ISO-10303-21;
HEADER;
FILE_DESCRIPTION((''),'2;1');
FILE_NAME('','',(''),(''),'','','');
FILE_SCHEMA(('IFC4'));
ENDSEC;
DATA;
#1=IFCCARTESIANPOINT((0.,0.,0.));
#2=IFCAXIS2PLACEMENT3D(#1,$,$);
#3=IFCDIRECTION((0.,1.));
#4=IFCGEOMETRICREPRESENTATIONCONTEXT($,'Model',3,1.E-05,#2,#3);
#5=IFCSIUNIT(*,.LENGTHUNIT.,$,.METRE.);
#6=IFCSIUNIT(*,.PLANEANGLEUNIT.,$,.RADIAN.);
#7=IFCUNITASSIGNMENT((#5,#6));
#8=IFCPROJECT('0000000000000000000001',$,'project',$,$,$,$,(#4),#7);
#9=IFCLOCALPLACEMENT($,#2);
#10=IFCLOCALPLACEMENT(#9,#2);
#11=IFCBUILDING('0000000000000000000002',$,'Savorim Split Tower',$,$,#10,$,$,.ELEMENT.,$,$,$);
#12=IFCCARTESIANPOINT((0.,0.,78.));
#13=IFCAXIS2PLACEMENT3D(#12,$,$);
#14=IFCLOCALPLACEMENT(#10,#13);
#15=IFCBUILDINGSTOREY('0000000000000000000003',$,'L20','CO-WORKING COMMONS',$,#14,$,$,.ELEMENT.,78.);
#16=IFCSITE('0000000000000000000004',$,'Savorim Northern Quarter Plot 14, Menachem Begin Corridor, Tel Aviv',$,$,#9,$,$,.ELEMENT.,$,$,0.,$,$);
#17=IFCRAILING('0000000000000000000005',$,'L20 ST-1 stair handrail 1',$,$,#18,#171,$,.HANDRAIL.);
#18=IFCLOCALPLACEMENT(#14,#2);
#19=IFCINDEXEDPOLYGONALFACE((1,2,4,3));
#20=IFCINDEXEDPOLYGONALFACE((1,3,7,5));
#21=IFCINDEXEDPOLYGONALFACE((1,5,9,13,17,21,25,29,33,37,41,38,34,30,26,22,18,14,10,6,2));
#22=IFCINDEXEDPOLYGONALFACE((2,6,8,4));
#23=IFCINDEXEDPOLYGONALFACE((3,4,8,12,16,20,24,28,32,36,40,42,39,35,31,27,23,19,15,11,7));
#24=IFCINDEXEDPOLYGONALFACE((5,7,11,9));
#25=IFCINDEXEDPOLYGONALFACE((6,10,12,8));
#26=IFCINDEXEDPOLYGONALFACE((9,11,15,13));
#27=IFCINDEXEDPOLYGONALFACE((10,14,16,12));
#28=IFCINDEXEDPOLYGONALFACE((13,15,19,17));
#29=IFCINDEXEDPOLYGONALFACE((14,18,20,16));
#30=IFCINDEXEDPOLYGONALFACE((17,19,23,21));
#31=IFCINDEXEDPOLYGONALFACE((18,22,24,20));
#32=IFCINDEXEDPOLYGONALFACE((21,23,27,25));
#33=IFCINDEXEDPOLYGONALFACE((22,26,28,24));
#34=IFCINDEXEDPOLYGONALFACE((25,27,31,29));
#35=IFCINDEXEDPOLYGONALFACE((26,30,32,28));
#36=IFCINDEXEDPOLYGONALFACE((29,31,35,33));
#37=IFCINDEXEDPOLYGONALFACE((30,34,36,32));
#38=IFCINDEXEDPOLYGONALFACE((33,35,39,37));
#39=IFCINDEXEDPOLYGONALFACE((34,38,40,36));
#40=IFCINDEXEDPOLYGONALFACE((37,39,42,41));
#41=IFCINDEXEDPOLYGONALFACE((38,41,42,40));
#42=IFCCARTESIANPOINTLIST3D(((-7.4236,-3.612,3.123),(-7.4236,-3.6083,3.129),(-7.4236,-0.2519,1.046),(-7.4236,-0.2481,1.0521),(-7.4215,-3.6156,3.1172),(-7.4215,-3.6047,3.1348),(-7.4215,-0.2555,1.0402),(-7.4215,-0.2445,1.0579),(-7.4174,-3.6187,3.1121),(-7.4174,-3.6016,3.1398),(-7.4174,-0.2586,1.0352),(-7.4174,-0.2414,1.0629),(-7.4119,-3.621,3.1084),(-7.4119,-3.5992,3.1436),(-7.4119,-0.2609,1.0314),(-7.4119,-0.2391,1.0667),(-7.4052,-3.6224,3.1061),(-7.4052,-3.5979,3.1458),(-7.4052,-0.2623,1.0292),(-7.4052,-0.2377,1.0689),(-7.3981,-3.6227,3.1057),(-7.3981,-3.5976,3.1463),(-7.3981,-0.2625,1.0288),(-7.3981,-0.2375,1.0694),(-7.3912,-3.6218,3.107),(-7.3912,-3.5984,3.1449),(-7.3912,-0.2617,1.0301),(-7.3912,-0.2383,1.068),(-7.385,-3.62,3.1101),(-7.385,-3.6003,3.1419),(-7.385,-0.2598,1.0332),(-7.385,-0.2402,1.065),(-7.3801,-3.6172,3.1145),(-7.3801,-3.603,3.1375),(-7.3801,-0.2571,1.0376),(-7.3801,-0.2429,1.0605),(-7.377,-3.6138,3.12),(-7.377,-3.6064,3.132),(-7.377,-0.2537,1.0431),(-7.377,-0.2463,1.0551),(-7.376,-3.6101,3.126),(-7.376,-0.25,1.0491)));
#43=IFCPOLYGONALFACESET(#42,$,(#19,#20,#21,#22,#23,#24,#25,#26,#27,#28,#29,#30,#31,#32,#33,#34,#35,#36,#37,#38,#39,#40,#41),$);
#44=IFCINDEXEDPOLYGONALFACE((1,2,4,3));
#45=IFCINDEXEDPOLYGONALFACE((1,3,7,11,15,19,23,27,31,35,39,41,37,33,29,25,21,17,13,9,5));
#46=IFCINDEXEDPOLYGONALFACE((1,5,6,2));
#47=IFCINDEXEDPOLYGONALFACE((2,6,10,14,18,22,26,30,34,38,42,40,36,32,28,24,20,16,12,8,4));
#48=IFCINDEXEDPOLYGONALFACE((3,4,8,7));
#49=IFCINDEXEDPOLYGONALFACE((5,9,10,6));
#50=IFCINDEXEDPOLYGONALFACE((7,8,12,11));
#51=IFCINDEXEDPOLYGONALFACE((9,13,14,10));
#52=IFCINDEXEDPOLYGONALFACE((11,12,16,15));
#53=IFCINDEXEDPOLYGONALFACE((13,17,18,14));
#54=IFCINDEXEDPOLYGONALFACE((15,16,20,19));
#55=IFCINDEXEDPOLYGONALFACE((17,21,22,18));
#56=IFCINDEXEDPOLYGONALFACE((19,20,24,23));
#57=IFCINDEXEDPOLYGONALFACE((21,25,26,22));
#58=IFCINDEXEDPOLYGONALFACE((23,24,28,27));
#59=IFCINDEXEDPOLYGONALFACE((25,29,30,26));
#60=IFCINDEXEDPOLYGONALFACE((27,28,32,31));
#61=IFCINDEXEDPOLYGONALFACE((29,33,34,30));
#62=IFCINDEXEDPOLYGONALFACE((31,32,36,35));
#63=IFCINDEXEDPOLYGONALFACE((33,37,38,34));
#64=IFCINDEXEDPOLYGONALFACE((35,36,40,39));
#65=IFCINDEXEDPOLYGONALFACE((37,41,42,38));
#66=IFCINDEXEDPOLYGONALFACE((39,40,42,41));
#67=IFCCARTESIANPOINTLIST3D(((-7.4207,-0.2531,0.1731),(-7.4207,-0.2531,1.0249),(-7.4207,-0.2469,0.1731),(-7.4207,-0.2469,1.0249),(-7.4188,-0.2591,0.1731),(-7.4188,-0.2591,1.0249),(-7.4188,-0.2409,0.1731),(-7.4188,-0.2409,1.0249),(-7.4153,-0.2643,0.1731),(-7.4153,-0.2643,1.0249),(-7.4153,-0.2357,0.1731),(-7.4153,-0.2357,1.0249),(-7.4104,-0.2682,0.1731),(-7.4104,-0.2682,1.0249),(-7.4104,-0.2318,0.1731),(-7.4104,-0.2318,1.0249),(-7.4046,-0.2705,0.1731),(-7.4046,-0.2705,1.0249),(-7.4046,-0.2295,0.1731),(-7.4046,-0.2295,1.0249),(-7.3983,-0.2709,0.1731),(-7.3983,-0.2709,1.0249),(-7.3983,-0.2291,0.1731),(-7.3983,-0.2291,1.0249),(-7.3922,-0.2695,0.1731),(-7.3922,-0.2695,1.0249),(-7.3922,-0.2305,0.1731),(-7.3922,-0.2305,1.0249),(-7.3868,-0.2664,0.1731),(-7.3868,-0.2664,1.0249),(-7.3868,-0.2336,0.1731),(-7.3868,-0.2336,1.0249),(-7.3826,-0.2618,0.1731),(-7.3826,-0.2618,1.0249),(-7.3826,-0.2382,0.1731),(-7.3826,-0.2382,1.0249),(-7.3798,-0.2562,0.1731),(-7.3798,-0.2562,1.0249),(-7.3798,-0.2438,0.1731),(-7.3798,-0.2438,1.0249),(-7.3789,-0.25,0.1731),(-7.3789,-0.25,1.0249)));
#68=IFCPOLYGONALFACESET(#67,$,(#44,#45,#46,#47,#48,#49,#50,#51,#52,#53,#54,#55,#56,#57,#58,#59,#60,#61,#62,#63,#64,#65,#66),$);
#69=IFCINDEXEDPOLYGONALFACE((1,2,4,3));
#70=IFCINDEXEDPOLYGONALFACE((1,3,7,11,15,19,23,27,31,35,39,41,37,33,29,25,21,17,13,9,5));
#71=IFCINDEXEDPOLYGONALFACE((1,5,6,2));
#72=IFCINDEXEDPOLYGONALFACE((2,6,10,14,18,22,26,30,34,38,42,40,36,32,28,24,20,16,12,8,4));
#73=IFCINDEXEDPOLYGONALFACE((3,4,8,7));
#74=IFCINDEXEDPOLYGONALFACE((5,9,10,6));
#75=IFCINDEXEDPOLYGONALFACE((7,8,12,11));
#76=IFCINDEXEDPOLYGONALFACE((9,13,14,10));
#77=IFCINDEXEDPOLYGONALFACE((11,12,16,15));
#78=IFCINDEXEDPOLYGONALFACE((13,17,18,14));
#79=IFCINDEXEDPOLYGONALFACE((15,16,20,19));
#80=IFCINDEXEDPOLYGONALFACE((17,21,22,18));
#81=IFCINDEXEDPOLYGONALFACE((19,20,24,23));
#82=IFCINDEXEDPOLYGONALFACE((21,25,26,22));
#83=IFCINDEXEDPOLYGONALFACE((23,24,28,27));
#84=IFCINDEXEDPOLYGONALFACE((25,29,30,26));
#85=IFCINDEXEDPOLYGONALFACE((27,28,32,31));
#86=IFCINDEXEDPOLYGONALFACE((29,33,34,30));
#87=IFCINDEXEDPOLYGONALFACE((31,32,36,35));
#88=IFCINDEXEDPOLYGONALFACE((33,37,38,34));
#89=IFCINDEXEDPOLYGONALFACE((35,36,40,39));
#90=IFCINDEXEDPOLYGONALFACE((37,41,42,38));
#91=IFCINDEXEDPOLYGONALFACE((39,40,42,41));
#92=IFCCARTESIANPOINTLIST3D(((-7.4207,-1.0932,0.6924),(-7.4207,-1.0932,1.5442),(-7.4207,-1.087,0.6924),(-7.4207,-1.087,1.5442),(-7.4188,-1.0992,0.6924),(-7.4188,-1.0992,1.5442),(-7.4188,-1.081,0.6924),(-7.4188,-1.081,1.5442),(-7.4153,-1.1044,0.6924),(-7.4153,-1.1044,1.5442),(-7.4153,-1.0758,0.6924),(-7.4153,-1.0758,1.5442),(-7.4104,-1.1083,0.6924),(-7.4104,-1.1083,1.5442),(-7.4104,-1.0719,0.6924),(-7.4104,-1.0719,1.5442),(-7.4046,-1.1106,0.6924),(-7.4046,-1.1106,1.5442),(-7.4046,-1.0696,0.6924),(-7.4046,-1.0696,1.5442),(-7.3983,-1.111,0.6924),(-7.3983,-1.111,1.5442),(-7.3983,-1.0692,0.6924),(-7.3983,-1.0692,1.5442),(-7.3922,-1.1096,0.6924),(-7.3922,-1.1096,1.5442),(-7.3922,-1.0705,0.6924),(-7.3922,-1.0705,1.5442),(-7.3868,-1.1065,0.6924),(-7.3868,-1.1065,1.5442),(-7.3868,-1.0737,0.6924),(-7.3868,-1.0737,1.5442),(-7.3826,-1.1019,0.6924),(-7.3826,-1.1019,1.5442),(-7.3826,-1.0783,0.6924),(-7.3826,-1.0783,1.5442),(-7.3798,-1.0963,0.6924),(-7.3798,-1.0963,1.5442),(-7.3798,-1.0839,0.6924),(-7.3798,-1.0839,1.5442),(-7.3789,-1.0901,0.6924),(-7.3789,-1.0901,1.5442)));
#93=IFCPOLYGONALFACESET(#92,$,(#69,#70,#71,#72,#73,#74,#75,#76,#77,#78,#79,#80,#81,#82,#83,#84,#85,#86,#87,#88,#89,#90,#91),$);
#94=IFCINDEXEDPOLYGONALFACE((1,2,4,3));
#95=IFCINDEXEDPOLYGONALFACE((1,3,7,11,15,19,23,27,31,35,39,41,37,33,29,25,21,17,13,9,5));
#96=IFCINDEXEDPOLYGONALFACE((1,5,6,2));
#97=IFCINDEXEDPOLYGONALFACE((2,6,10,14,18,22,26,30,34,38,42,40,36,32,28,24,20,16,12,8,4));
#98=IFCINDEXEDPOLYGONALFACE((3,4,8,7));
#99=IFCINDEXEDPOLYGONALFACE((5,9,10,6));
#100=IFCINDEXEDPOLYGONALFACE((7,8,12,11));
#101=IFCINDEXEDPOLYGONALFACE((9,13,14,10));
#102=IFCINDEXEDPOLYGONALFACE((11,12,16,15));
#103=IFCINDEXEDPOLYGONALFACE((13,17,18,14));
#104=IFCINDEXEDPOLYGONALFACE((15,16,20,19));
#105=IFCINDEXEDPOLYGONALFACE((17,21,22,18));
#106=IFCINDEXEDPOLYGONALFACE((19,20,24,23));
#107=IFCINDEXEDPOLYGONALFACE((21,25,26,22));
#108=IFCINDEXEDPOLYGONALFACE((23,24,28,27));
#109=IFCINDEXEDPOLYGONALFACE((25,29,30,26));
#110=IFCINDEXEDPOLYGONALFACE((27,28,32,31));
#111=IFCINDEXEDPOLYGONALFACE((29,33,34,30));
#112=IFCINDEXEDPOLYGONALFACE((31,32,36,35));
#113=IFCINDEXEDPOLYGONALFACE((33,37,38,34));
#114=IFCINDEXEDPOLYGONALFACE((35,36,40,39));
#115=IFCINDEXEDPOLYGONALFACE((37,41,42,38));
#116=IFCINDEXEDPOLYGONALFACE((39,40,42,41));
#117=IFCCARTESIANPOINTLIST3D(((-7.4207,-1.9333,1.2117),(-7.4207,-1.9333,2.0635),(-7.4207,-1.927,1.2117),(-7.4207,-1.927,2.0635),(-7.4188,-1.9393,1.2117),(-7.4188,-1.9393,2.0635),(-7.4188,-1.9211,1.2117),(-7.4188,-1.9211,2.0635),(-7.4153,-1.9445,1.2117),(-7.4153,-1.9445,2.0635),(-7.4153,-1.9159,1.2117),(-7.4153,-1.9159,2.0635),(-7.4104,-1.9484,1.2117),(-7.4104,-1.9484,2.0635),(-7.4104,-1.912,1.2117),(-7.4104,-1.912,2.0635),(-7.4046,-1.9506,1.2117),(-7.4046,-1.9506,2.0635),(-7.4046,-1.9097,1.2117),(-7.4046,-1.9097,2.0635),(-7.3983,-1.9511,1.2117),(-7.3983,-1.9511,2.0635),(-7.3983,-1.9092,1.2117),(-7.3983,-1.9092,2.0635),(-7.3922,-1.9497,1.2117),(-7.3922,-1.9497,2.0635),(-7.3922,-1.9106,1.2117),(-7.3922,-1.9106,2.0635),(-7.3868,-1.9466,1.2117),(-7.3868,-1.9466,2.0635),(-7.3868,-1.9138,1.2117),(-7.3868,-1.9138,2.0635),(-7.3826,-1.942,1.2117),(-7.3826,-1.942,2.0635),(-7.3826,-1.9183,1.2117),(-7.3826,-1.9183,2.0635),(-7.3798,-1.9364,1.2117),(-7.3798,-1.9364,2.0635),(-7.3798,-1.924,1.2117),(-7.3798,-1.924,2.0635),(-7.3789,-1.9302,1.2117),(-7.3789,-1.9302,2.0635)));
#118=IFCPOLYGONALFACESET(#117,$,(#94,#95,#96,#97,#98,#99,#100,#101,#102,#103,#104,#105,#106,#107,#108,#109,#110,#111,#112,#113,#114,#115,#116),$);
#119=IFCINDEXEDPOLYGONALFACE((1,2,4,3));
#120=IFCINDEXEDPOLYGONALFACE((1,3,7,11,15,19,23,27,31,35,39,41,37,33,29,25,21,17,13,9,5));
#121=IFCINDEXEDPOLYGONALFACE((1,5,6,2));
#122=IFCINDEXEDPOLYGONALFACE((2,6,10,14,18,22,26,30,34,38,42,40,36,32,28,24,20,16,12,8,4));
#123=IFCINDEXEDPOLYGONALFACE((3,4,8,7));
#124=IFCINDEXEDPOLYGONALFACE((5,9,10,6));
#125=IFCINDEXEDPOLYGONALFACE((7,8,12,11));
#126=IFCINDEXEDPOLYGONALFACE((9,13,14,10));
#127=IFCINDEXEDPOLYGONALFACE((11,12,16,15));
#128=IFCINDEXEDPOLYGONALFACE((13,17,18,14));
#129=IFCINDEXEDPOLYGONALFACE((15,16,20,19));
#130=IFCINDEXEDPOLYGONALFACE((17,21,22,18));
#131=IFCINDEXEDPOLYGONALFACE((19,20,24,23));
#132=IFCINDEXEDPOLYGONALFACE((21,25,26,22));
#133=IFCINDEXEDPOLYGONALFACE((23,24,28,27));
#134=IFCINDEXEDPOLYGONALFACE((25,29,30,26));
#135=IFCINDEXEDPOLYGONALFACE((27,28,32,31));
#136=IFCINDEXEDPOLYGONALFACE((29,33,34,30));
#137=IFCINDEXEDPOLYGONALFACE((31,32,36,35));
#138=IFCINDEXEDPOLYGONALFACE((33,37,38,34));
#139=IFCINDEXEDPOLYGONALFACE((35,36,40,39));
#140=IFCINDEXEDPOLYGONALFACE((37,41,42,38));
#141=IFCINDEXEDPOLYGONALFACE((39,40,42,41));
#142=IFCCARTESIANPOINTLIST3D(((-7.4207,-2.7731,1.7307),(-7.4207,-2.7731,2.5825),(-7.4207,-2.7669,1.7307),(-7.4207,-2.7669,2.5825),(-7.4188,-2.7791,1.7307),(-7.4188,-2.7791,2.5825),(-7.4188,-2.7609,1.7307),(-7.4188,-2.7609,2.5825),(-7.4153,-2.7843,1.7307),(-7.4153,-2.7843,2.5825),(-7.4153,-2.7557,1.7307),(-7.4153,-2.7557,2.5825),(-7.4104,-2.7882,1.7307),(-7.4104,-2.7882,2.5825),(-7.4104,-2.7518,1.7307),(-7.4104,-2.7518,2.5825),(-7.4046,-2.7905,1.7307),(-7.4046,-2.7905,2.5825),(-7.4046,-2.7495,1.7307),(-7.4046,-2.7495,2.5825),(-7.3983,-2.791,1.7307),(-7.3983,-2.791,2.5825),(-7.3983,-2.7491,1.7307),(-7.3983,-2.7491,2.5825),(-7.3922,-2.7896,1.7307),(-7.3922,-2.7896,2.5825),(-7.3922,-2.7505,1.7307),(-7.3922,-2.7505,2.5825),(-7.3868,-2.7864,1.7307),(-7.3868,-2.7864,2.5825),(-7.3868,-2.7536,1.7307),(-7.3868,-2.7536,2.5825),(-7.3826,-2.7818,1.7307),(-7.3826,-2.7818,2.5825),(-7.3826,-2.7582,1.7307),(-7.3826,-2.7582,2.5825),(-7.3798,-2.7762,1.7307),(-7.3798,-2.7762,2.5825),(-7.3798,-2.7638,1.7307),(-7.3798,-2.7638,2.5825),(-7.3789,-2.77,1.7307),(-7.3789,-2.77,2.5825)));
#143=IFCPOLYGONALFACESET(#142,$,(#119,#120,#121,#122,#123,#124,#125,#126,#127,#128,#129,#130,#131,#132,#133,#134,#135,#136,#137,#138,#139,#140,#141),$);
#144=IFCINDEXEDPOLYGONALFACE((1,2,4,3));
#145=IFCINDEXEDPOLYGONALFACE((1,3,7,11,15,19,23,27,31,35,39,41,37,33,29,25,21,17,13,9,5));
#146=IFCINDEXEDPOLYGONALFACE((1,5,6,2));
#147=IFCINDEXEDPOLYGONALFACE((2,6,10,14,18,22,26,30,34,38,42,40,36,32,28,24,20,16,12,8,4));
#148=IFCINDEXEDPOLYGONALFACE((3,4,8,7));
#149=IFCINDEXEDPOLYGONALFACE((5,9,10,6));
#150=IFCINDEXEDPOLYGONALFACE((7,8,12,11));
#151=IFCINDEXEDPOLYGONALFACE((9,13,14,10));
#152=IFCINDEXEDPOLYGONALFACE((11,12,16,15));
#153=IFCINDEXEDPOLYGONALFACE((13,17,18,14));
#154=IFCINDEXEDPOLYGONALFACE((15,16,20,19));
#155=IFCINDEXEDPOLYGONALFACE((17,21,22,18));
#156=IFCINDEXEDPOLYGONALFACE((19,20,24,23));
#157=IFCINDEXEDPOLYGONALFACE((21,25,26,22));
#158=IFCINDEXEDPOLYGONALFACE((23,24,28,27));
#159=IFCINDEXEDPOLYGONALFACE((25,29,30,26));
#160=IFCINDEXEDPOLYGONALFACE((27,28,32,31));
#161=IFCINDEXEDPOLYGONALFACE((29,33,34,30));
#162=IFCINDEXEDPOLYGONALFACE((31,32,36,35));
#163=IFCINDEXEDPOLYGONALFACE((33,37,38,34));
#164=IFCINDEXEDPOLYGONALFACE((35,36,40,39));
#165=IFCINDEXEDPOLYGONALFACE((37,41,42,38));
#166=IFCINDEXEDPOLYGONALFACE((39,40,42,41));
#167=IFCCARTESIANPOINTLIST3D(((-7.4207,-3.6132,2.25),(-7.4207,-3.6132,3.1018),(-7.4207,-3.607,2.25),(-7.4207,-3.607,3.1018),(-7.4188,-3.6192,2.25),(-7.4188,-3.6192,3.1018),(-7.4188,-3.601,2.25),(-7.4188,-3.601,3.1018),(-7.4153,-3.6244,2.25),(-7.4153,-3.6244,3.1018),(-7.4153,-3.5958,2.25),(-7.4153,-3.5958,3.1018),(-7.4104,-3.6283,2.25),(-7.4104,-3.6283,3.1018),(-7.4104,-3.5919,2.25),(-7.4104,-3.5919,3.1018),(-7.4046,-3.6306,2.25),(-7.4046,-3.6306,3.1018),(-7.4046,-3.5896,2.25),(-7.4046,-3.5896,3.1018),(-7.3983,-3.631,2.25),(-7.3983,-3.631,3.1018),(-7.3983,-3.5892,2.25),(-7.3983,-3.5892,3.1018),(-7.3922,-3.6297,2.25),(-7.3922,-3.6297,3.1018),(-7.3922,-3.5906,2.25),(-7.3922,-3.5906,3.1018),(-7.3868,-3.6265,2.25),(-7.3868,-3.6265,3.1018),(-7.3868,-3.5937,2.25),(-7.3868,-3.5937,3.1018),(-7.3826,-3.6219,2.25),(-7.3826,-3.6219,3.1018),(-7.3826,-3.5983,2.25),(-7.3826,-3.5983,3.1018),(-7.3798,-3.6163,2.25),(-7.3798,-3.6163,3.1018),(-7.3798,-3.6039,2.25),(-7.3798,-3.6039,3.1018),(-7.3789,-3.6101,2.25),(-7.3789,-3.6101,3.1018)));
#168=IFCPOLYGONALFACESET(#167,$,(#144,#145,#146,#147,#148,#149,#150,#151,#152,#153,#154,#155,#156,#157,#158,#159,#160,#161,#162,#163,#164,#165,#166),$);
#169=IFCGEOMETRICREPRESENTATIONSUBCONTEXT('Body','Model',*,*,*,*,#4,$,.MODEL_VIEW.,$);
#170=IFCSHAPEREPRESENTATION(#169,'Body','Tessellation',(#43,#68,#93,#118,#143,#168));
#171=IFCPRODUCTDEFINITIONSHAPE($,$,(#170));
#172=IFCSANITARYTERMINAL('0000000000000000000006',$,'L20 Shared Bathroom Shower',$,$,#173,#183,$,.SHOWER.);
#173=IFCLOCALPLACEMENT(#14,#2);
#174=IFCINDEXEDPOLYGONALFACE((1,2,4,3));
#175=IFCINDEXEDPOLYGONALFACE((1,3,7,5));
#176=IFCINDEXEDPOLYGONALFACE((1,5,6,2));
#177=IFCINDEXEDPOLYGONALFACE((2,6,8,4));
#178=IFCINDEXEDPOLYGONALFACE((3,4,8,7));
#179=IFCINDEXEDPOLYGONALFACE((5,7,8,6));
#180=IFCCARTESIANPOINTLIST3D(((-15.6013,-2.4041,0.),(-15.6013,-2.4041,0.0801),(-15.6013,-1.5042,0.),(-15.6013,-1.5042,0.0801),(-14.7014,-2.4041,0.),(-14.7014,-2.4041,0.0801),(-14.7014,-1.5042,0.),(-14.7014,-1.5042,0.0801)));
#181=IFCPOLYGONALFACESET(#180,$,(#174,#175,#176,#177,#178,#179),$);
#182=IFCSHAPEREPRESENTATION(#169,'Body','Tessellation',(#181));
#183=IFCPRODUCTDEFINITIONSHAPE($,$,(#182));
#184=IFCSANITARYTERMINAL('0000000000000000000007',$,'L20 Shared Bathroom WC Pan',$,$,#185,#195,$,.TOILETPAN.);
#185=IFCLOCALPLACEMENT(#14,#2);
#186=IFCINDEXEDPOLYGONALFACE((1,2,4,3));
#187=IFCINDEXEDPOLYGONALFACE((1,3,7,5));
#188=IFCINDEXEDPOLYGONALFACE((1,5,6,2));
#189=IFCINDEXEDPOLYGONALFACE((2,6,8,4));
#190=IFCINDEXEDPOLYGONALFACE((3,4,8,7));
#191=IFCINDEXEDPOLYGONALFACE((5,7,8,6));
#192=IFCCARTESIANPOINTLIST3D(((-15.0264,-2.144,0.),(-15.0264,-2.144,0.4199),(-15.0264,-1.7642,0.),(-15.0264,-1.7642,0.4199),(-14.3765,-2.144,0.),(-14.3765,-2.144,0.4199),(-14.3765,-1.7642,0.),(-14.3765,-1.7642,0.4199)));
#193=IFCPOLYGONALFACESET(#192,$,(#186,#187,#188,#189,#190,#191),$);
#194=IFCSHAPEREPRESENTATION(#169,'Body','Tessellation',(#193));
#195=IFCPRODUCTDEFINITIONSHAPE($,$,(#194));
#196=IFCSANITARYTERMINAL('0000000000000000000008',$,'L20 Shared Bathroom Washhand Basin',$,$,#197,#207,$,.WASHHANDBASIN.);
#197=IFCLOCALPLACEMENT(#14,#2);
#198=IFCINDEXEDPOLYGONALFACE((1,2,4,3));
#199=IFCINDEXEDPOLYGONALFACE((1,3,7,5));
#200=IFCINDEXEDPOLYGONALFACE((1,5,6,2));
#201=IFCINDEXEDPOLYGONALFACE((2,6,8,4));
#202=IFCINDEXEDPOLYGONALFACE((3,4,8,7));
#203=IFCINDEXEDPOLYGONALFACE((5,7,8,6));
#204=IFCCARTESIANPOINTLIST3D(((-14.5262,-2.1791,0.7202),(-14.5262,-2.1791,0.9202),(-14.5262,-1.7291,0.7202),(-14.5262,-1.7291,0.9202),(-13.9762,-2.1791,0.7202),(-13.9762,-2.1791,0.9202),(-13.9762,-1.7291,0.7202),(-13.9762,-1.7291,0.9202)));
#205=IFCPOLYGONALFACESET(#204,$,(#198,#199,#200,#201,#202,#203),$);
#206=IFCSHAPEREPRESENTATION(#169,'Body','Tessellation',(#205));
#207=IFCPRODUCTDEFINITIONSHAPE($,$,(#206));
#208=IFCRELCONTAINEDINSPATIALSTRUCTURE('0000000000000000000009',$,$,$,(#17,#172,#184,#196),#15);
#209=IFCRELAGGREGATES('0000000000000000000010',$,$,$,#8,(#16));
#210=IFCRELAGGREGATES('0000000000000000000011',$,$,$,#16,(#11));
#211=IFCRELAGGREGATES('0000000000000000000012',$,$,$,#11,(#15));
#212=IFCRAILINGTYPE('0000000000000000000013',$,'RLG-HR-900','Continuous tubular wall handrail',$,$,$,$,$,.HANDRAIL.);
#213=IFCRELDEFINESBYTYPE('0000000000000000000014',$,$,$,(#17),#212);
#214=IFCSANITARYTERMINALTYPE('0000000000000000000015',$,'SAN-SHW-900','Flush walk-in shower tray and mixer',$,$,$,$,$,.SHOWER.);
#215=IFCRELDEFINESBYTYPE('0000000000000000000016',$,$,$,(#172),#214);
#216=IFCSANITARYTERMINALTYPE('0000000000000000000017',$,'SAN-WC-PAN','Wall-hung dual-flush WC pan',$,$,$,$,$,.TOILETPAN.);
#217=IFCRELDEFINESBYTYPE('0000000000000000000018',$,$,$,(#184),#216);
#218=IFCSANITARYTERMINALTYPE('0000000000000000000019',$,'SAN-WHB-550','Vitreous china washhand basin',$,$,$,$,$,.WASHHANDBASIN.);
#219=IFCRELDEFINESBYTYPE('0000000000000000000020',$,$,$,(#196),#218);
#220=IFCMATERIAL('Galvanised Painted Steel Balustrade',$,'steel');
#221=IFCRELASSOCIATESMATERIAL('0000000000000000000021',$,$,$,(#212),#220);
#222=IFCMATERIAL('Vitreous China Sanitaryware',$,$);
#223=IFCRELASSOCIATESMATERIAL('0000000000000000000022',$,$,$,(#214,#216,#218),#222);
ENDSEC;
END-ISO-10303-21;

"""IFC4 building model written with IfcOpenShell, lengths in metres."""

from ifc_helpers import new_model, si_unit, direction, frame, origin, origin_2d, place, context, subcontext, project, spatial, rectangle, circle, extrude, material, type_object, element, save


model = new_model("IFC4")

# Units and contexts
model_context = context("Model", 3, precision=1e-05, world=origin(), true_north=direction((0.0, 1.0)))
body_context = subcontext(model_context, "Body", "Model", "MODEL_VIEW")
ifc_project = project(units=[si_unit("LENGTHUNIT", "METRE"), si_unit("PLANEANGLEUNIT", "RADIAN")], contexts=[model_context])

# Site, building, storey
site_placement = place(None, origin())
site = spatial("IfcSite", under=ifc_project, at=site_placement, Name="Savorim Northern Quarter Plot 14, Menachem Begin Corridor, Tel Aviv", CompositionType="ELEMENT", RefElevation=0.0)
building_placement = place(site_placement, origin())
building = spatial("IfcBuilding", under=site, at=building_placement, Name="Savorim Split Tower", CompositionType="ELEMENT")
storey_placement = place(building_placement, frame((0.0, 0.0, 78.0)))
storey = spatial("IfcBuildingStorey", under=building, at=storey_placement, Name="L20", Description="CO-WORKING COMMONS", CompositionType="ELEMENT", Elevation=78.0)

# Railing
ifc_material_1 = material(Name="Galvanised Painted Steel Balustrade", Category="steel")
railing_type = type_object("IfcRailingType", Name="RLG-HR-900", Description="Continuous tubular wall handrail", PredefinedType="HANDRAIL", material=ifc_material_1)
railing_placement = place(storey_placement, frame((-7.3999, -0.25, 0.1731)))
element("IfcRailing", 1, at=railing_placement, inside=storey, type_object=railing_type, Name="L20 ST-1 stair handrail 1", PredefinedType="HANDRAIL", context=body_context, shape_type="SweptSolid", body=[
    extrude(circle(Radius=0.0239, at=origin_2d()), frame((0.0, 0.0, 0.876), z_axis=(0.0, -0.850623, 0.525776), x_axis=(1.0, 0.0, 0.0)), (0.0, 0.0, 1.0), 3.9502),
    extrude(circle(Radius=0.021, at=origin_2d()), origin(), (0.0, 0.0, 1.0), 0.8518),
    extrude(circle(Radius=0.021, at=origin_2d()), frame((0.0, -0.8401, 0.5193)), (0.0, 0.0, 1.0), 0.8518),
    extrude(circle(Radius=0.021, at=origin_2d()), frame((0.0, -1.6802, 1.0386)), (0.0, 0.0, 1.0), 0.8518),
    extrude(circle(Radius=0.021, at=origin_2d()), frame((0.0, -2.52, 1.5576)), (0.0, 0.0, 1.0), 0.8518),
    extrude(circle(Radius=0.021, at=origin_2d()), frame((0.0, -3.3601, 2.0769)), (0.0, 0.0, 1.0), 0.8518),
])

# Sanitary terminals
ifc_material_2 = material(Name="Vitreous China Sanitaryware")
sanitary_terminal_type_1 = type_object("IfcSanitaryTerminalType", Name="SAN-SHW-900", Description="Flush walk-in shower tray and mixer", PredefinedType="SHOWER", material=ifc_material_2)
sanitary_terminal_1_placement = place(storey_placement, frame((-15.1514, -1.9541, 0.0), z_axis=(0.0, 0.0, 1.0), x_axis=(1.0, 0.0, 0.0)))
element("IfcSanitaryTerminal", 2, at=sanitary_terminal_1_placement, inside=storey, type_object=sanitary_terminal_type_1, Name="L20 Shared Bathroom Shower", PredefinedType="SHOWER", context=body_context, shape_type="SweptSolid", body=[
    extrude(rectangle(XDim=0.8999, YDim=0.8999, at=origin_2d()), origin(), (0.0, 0.0, 1.0), 0.0801),
])
sanitary_terminal_type_2 = type_object("IfcSanitaryTerminalType", Name="SAN-WC-PAN", Description="Wall-hung dual-flush WC pan", PredefinedType="TOILETPAN", material=ifc_material_2)
sanitary_terminal_2_placement = place(storey_placement, frame((-14.7014, -1.9541, 0.0), z_axis=(0.0, 0.0, 1.0), x_axis=(1.0, 0.0, 0.0)))
element("IfcSanitaryTerminal", 3, at=sanitary_terminal_2_placement, inside=storey, type_object=sanitary_terminal_type_2, Name="L20 Shared Bathroom WC Pan", PredefinedType="TOILETPAN", context=body_context, shape_type="SweptSolid", body=[
    extrude(rectangle(XDim=0.6499, YDim=0.3799, at=origin_2d()), origin(), (0.0, 0.0, 1.0), 0.4199),
])
sanitary_terminal_type_3 = type_object("IfcSanitaryTerminalType", Name="SAN-WHB-550", Description="Vitreous china washhand basin", PredefinedType="WASHHANDBASIN", material=ifc_material_2)
sanitary_terminal_3_placement = place(storey_placement, frame((-14.2512, -1.9541, 0.7202), z_axis=(0.0, 0.0, 1.0), x_axis=(1.0, 0.0, 0.0)))
element("IfcSanitaryTerminal", 4, at=sanitary_terminal_3_placement, inside=storey, type_object=sanitary_terminal_type_3, Name="L20 Shared Bathroom Washhand Basin", PredefinedType="WASHHANDBASIN", context=body_context, shape_type="SweptSolid", body=[
    extrude(rectangle(XDim=0.55, YDim=0.45, at=origin_2d()), origin(), (0.0, 0.0, 1.0), 0.2),
])

save(model, "model.ifc")
